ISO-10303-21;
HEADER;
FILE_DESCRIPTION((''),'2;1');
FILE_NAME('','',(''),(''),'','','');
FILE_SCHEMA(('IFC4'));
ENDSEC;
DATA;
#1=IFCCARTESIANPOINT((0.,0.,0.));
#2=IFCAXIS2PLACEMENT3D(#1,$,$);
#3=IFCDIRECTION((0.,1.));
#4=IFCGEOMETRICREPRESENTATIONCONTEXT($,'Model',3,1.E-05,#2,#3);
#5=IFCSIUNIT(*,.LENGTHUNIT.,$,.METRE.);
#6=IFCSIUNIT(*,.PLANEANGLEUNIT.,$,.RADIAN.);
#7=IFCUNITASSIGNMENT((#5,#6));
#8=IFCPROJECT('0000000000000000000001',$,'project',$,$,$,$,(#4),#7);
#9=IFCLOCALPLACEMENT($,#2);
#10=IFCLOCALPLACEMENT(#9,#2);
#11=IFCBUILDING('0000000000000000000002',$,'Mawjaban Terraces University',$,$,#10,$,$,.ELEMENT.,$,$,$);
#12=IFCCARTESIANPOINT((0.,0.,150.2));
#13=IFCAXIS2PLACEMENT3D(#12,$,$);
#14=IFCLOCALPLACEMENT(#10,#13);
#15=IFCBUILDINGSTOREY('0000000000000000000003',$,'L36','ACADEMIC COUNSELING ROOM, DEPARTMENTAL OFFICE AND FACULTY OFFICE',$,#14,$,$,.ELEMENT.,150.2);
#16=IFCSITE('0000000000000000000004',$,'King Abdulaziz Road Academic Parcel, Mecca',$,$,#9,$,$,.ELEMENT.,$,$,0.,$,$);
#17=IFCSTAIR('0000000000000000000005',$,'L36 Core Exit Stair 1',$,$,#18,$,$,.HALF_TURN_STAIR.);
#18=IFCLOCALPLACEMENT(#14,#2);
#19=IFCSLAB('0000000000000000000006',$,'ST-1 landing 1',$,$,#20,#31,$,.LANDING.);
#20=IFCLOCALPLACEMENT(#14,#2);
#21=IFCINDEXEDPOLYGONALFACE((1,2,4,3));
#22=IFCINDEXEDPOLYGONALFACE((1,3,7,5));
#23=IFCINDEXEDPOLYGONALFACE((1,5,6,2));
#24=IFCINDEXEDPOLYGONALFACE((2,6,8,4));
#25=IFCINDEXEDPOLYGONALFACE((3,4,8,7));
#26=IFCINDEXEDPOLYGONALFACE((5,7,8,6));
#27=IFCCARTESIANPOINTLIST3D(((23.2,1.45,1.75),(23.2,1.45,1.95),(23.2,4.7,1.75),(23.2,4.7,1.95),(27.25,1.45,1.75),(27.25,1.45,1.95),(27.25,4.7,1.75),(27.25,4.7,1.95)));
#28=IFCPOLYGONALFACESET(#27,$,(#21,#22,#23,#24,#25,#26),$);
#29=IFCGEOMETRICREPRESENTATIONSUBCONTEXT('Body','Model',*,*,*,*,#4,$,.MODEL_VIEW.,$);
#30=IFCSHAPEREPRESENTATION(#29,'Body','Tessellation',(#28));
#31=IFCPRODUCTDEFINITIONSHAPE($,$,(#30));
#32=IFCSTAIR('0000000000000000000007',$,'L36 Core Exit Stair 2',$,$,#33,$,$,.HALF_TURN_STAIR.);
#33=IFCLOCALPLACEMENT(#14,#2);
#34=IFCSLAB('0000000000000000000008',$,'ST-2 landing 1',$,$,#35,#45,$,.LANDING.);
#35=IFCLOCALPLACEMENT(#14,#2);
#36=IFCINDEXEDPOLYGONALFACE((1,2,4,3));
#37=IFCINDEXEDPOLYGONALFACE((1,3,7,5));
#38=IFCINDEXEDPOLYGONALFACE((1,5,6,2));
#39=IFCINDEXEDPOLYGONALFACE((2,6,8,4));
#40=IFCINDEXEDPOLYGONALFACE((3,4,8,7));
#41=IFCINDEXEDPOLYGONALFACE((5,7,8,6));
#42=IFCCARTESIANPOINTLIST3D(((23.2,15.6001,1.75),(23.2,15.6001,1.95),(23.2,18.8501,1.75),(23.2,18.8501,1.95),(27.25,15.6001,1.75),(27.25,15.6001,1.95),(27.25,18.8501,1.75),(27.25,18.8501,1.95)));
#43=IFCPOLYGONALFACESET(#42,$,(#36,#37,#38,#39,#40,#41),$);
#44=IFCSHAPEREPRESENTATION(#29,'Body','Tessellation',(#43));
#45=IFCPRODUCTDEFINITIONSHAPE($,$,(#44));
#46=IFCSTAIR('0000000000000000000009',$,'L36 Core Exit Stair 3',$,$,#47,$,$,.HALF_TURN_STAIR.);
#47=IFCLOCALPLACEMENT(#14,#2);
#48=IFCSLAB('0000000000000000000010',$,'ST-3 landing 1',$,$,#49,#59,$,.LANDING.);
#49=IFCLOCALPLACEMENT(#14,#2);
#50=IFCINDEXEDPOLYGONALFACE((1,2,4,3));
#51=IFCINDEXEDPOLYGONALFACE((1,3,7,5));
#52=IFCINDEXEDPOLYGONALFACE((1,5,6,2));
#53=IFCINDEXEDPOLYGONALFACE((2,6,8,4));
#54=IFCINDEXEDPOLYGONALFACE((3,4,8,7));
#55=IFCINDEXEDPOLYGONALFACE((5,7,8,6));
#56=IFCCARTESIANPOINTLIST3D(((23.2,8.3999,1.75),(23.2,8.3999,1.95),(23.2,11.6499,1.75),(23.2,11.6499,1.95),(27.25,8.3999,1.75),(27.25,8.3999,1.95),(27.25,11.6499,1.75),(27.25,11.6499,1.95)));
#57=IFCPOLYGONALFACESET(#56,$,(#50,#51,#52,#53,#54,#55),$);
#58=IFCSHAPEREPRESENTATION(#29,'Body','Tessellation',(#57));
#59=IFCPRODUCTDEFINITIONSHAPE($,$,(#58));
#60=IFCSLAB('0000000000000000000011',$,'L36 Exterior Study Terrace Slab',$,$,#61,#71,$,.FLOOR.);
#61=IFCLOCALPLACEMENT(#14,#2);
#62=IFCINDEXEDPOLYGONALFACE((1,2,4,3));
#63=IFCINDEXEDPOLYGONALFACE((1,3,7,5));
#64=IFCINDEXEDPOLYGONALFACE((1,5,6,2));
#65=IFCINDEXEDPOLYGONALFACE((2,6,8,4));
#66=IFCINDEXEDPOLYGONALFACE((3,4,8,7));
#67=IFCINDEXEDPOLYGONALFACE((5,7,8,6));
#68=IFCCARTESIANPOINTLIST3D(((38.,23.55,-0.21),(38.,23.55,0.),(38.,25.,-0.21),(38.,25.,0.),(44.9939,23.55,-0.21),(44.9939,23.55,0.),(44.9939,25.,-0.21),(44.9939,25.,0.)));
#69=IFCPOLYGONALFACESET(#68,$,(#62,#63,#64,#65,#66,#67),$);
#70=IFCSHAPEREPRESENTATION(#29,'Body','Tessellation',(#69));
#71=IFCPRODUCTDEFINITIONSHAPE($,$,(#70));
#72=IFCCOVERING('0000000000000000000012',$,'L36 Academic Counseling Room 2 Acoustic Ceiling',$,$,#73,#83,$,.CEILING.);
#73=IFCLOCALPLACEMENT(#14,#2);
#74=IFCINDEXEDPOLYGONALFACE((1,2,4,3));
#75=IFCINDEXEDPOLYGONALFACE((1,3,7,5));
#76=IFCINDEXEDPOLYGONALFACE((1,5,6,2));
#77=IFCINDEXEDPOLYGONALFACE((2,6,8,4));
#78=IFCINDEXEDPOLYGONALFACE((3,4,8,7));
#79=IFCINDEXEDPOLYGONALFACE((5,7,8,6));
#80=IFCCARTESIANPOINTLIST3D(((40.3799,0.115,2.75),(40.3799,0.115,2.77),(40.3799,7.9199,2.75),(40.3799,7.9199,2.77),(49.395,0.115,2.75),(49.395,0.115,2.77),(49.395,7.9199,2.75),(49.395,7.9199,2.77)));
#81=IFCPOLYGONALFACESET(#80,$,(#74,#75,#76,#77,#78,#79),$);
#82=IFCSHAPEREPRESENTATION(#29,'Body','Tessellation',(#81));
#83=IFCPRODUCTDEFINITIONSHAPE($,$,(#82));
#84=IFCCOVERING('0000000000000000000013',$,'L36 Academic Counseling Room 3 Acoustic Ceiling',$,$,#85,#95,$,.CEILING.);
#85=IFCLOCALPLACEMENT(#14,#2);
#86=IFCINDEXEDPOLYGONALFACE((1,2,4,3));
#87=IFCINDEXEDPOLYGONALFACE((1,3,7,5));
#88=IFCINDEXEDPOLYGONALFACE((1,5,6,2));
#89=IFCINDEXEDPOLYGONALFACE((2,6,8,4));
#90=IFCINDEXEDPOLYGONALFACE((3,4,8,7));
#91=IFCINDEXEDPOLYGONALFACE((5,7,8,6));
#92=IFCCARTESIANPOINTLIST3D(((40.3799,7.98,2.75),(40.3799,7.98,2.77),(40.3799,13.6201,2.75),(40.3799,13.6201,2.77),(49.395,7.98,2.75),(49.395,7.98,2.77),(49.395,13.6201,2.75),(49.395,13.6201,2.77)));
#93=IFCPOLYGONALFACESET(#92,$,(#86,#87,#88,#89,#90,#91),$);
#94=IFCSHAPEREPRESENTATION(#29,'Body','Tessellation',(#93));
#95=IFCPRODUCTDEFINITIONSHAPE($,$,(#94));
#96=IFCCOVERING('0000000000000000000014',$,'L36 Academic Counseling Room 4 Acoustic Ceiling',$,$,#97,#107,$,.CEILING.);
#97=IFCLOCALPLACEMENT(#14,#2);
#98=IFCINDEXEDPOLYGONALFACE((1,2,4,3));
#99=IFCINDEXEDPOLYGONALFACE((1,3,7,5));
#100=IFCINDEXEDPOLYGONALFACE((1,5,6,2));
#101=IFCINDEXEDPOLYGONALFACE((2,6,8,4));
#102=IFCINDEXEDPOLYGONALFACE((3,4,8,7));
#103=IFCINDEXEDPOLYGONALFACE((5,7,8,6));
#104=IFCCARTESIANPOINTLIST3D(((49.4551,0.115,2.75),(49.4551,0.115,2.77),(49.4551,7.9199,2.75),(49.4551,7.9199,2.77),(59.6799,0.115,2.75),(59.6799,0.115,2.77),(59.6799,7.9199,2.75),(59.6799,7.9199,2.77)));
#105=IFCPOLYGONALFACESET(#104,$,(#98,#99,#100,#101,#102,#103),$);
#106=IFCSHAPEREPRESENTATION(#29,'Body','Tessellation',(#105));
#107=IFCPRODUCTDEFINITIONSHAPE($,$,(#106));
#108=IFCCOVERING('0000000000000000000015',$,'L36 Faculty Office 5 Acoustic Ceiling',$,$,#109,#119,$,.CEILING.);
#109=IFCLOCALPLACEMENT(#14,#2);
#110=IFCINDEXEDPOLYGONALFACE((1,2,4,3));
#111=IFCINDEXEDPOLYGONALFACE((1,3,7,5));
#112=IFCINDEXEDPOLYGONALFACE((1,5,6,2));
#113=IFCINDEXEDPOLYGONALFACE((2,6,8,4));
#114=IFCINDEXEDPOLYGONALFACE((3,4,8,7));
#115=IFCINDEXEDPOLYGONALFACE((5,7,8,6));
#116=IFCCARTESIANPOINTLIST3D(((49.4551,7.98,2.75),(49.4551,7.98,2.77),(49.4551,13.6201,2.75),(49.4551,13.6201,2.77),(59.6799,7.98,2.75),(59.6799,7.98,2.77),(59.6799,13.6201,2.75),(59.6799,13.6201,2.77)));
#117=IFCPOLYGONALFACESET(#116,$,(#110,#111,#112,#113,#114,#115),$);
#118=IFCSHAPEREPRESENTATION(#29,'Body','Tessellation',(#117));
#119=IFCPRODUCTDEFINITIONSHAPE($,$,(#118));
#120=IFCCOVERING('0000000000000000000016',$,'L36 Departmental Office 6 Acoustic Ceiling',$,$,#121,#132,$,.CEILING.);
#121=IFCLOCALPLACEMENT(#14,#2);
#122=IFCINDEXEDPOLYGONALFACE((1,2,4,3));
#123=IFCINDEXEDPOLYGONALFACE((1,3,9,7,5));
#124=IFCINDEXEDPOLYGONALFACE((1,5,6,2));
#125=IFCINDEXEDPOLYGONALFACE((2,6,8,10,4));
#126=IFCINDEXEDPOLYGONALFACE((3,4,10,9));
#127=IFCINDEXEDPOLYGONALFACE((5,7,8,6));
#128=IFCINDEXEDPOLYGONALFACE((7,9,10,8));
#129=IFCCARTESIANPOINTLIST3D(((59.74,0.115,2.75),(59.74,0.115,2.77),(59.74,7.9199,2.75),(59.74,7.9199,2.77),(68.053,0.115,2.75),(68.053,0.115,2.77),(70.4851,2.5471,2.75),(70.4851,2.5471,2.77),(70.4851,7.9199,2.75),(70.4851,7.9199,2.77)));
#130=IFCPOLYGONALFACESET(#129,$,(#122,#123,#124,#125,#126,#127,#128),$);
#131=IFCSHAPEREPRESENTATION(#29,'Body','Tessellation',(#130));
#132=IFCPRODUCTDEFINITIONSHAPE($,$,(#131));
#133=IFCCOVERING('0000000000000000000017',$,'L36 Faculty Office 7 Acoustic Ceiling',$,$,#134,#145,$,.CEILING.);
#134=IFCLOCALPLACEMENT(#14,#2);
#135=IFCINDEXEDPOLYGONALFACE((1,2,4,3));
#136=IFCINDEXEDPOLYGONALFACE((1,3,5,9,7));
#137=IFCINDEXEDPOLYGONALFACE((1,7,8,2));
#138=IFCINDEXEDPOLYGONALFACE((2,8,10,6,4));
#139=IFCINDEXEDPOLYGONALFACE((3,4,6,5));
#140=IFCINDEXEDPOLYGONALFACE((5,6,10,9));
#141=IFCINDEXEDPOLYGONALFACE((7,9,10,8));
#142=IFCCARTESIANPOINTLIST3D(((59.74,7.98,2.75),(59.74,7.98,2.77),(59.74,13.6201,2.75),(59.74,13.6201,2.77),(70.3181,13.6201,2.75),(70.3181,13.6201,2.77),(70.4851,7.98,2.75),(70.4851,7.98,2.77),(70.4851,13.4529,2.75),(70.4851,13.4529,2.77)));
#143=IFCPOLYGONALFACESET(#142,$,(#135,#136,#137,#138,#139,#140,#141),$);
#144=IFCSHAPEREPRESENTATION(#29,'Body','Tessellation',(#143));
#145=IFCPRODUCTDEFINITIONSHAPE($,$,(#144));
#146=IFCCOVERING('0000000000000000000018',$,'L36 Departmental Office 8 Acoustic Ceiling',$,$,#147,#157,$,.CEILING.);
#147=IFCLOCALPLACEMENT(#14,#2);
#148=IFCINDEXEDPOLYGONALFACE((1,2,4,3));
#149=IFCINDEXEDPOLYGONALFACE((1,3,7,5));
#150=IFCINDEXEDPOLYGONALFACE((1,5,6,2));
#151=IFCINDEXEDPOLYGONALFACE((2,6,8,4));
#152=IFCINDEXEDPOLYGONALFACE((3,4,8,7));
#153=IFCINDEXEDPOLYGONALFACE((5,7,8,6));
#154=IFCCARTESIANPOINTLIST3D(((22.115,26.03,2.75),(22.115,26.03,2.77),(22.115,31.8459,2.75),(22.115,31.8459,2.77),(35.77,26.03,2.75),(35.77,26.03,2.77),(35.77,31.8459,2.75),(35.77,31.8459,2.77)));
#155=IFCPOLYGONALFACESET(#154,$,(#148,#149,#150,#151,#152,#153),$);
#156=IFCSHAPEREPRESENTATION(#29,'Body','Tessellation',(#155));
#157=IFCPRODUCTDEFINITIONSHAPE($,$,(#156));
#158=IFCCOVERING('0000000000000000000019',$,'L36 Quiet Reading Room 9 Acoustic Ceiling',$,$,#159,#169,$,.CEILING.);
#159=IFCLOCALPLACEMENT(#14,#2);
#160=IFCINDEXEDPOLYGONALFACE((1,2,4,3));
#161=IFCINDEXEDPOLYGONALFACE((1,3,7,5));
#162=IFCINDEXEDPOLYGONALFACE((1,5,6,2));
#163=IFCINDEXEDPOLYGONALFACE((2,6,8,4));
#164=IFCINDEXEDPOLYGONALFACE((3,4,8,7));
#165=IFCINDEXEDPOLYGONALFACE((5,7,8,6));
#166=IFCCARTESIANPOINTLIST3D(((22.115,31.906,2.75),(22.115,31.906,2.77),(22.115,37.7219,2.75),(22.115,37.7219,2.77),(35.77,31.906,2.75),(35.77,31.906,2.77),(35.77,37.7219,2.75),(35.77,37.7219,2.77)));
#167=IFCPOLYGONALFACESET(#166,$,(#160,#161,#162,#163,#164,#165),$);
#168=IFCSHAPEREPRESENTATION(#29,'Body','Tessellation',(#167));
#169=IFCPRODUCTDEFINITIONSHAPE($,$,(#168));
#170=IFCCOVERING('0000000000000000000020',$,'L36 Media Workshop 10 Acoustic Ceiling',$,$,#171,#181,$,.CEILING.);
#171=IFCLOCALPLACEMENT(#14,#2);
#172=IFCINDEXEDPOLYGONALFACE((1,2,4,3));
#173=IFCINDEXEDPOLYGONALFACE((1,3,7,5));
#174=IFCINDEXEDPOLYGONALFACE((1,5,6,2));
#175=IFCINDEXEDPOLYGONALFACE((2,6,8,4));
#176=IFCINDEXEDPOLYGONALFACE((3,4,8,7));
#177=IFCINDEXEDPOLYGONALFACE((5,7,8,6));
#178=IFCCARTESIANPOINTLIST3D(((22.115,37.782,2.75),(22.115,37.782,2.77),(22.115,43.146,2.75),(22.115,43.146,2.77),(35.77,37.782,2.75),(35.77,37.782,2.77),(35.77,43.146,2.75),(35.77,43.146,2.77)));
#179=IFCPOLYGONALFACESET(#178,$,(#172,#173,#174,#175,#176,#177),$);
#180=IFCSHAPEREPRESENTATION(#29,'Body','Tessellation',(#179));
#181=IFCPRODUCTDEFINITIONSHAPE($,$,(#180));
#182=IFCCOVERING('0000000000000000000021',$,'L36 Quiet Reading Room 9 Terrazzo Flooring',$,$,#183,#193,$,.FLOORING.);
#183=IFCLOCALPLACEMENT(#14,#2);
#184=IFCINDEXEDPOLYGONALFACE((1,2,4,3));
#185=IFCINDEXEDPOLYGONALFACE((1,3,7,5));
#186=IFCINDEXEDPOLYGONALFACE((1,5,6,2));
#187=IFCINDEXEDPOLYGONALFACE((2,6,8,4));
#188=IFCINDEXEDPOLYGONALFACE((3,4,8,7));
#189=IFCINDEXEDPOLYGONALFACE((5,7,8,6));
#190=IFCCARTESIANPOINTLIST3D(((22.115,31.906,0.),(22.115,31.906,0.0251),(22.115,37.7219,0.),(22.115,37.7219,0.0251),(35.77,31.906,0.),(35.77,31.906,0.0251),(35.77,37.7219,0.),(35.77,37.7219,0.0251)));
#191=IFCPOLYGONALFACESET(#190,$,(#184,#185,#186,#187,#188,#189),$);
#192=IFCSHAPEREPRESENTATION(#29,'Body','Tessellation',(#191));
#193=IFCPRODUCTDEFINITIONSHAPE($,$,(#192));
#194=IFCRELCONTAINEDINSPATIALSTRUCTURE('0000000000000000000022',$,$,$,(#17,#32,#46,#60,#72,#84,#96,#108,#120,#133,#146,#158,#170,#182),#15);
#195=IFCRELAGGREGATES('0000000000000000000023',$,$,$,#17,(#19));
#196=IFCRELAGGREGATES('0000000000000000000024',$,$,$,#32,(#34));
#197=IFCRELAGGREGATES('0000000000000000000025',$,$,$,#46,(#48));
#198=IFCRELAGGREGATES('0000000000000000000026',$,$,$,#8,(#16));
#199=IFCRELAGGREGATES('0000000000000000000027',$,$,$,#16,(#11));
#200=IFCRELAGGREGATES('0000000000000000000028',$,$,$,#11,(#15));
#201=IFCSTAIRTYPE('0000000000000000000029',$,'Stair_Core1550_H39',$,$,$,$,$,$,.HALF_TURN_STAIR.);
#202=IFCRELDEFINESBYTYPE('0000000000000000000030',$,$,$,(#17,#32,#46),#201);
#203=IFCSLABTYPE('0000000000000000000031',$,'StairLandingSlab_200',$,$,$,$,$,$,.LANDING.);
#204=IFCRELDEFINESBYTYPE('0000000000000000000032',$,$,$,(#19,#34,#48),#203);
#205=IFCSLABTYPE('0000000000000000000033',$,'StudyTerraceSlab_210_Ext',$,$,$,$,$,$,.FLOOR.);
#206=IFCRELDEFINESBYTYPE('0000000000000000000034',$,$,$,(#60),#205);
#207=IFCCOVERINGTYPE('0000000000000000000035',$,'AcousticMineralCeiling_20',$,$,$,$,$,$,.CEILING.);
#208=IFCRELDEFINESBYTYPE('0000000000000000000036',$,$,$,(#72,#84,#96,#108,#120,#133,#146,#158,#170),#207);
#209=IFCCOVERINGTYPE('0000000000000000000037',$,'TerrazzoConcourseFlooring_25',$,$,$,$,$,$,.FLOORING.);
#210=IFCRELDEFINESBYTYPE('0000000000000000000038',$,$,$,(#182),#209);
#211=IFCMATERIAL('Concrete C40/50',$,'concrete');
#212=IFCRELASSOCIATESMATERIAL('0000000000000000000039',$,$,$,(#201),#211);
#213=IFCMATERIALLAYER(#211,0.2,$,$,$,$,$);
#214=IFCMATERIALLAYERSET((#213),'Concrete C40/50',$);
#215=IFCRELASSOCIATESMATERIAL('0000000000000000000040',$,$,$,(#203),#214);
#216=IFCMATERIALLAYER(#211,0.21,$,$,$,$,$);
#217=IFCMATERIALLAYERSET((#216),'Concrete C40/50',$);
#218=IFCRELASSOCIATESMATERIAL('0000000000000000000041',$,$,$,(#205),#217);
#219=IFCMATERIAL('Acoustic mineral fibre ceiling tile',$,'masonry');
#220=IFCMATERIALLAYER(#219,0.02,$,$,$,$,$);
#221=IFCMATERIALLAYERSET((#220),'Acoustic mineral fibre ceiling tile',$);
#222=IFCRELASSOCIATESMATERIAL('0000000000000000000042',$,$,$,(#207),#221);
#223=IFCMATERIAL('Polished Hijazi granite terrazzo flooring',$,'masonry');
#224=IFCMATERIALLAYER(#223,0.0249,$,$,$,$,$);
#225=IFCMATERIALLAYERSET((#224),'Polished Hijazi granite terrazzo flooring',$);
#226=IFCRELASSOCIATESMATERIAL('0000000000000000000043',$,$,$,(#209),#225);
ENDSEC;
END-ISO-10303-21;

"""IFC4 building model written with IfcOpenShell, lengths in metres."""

from ifc_helpers import new_model, si_unit, direction, frame, origin, place, context, subcontext, project, spatial, polyline, outline, extrude, material, layer, layer_set, type_object, element, aggregate, save


model = new_model("IFC4")

# Units and contexts
model_context = context("Model", 3, precision=1e-05, world=origin(), true_north=direction((0.0, 1.0)))
body_context = subcontext(model_context, "Body", "Model", "MODEL_VIEW")
ifc_project = project(units=[si_unit("LENGTHUNIT", "METRE"), si_unit("PLANEANGLEUNIT", "RADIAN")], contexts=[model_context])

# Site, building, storey
site_placement = place(None, origin())
site = spatial("IfcSite", under=ifc_project, at=site_placement, Name="King Abdulaziz Road Academic Parcel, Mecca", CompositionType="ELEMENT", RefElevation=0.0)
building_placement = place(site_placement, origin())
building = spatial("IfcBuilding", under=site, at=building_placement, Name="Mawjaban Terraces University", CompositionType="ELEMENT")
storey_placement = place(building_placement, frame((0.0, 0.0, 150.2)))
storey = spatial("IfcBuildingStorey", under=building, at=storey_placement, Name="L36", Description="ACADEMIC COUNSELING ROOM, DEPARTMENTAL OFFICE AND FACULTY OFFICE", CompositionType="ELEMENT", Elevation=150.2)

# Shared definitions
ifc_material_1 = material(Name="Concrete C40/50", Category="concrete")

# Stairs, slabs
stair_type = type_object("IfcStairType", Name="Stair_Core1550_H39", PredefinedType="HALF_TURN_STAIR", material=ifc_material_1)
stair_1_placement = place(storey_placement, origin())
stair_1 = element("IfcStair", 1, at=stair_1_placement, inside=storey, type_object=stair_type, Name="L36 Core Exit Stair 1", PredefinedType="HALF_TURN_STAIR")
ifc_layer_1 = layer(ifc_material_1, 0.2)
ifc_layer_set_1 = layer_set([ifc_layer_1], Name="Concrete C40/50")
slab_type_1 = type_object("IfcSlabType", Name="StairLandingSlab_200", PredefinedType="LANDING", material=ifc_layer_set_1)
slab_1_placement = place(storey_placement, frame((0.0, 0.0, 1.75)))
slab_1 = element("IfcSlab", 2, at=slab_1_placement, type_object=slab_type_1, Name="ST-1 landing 1", PredefinedType="LANDING", context=body_context, shape_type="SweptSolid", body=[
    extrude(outline(polyline([(27.25, 4.7), (23.2, 4.7), (23.2, 1.45), (27.25, 1.45), (27.25, 4.7)])), origin(), (0.0, 0.0, 1.0), 0.2),
])
aggregate(stair_1, [slab_1])
stair_2_placement = place(storey_placement, origin())
stair_2 = element("IfcStair", 3, at=stair_2_placement, inside=storey, type_object=stair_type, Name="L36 Core Exit Stair 2", PredefinedType="HALF_TURN_STAIR")
slab_2_placement = place(storey_placement, frame((0.0, 0.0, 1.75)))
slab_2 = element("IfcSlab", 4, at=slab_2_placement, type_object=slab_type_1, Name="ST-2 landing 1", PredefinedType="LANDING", context=body_context, shape_type="SweptSolid", body=[
    extrude(outline(polyline([(27.25, 18.8501), (23.2, 18.8501), (23.2, 15.6001), (27.25, 15.6001), (27.25, 18.8501)])), origin(), (0.0, 0.0, 1.0), 0.2),
])
aggregate(stair_2, [slab_2])
stair_3_placement = place(storey_placement, origin())
stair_3 = element("IfcStair", 5, at=stair_3_placement, inside=storey, type_object=stair_type, Name="L36 Core Exit Stair 3", PredefinedType="HALF_TURN_STAIR")
slab_3_placement = place(storey_placement, frame((0.0, 0.0, 1.75)))
slab_3 = element("IfcSlab", 6, at=slab_3_placement, type_object=slab_type_1, Name="ST-3 landing 1", PredefinedType="LANDING", context=body_context, shape_type="SweptSolid", body=[
    extrude(outline(polyline([(27.25, 11.6499), (23.2, 11.6499), (23.2, 8.3999), (27.25, 8.3999), (27.25, 11.6499)])), origin(), (0.0, 0.0, 1.0), 0.2),
])
aggregate(stair_3, [slab_3])

# Slab
ifc_layer_2 = layer(ifc_material_1, 0.21)
ifc_layer_set_2 = layer_set([ifc_layer_2], Name="Concrete C40/50")
slab_type_2 = type_object("IfcSlabType", Name="StudyTerraceSlab_210_Ext", PredefinedType="FLOOR", material=ifc_layer_set_2)
slab_4_placement = place(storey_placement, frame((0.0, 0.0, -0.21)))
element("IfcSlab", 7, at=slab_4_placement, inside=storey, type_object=slab_type_2, Name="L36 Exterior Study Terrace Slab", PredefinedType="FLOOR", context=body_context, shape_type="SweptSolid", body=[
    extrude(outline(polyline([(38.0, 23.55), (44.9939, 23.55), (44.9939, 25.0), (38.0, 25.0), (38.0, 23.55)])), origin(), (0.0, 0.0, 1.0), 0.21),
])

# Coverings
ifc_material_2 = material(Name="Acoustic mineral fibre ceiling tile", Category="masonry")
ifc_layer_3 = layer(ifc_material_2, 0.02)
ifc_layer_set_3 = layer_set([ifc_layer_3], Name="Acoustic mineral fibre ceiling tile")
covering_type_1 = type_object("IfcCoveringType", Name="AcousticMineralCeiling_20", PredefinedType="CEILING", material=ifc_layer_set_3)
covering_1_placement = place(storey_placement, frame((0.0, 0.0, 2.75)))
element("IfcCovering", 8, at=covering_1_placement, inside=storey, type_object=covering_type_1, Name="L36 Academic Counseling Room 2 Acoustic Ceiling", PredefinedType="CEILING", context=body_context, shape_type="SweptSolid", body=[
    extrude(outline(polyline([(40.3799, 0.115), (49.395, 0.115), (49.395, 7.9199), (40.3799, 7.9199), (40.3799, 0.115)])), origin(), (0.0, 0.0, 1.0), 0.02),
])
covering_2_placement = place(storey_placement, frame((0.0, 0.0, 2.75)))
element("IfcCovering", 9, at=covering_2_placement, inside=storey, type_object=covering_type_1, Name="L36 Academic Counseling Room 3 Acoustic Ceiling", PredefinedType="CEILING", context=body_context, shape_type="SweptSolid", body=[
    extrude(outline(polyline([(49.395, 7.98), (49.395, 13.6201), (40.3799, 13.6201), (40.3799, 7.98), (49.395, 7.98)])), origin(), (0.0, 0.0, 1.0), 0.02),
])
covering_3_placement = place(storey_placement, frame((0.0, 0.0, 2.75)))
element("IfcCovering", 10, at=covering_3_placement, inside=storey, type_object=covering_type_1, Name="L36 Academic Counseling Room 4 Acoustic Ceiling", PredefinedType="CEILING", context=body_context, shape_type="SweptSolid", body=[
    extrude(outline(polyline([(49.4551, 0.115), (59.6799, 0.115), (59.6799, 7.9199), (49.4551, 7.9199), (49.4551, 0.115)])), origin(), (0.0, 0.0, 1.0), 0.02),
])
covering_4_placement = place(storey_placement, frame((0.0, 0.0, 2.75)))
element("IfcCovering", 11, at=covering_4_placement, inside=storey, type_object=covering_type_1, Name="L36 Faculty Office 5 Acoustic Ceiling", PredefinedType="CEILING", context=body_context, shape_type="SweptSolid", body=[
    extrude(outline(polyline([(59.6799, 7.98), (59.6799, 13.6201), (49.4551, 13.6201), (49.4551, 7.98), (59.6799, 7.98)])), origin(), (0.0, 0.0, 1.0), 0.02),
])
covering_5_placement = place(storey_placement, frame((0.0, 0.0, 2.75)))
element("IfcCovering", 12, at=covering_5_placement, inside=storey, type_object=covering_type_1, Name="L36 Departmental Office 6 Acoustic Ceiling", PredefinedType="CEILING", context=body_context, shape_type="SweptSolid", body=[
    extrude(outline(polyline([(59.74, 0.115), (68.053, 0.115), (70.4851, 2.5471), (70.4851, 7.9199), (59.74, 7.9199), (59.74, 0.115)])), origin(), (0.0, 0.0, 1.0), 0.02),
])
covering_6_placement = place(storey_placement, frame((0.0, 0.0, 2.75)))
element("IfcCovering", 13, at=covering_6_placement, inside=storey, type_object=covering_type_1, Name="L36 Faculty Office 7 Acoustic Ceiling", PredefinedType="CEILING", context=body_context, shape_type="SweptSolid", body=[
    extrude(outline(polyline([(70.4851, 7.98), (70.4851, 13.4529), (70.3181, 13.6201), (59.74, 13.6201), (59.74, 7.98), (70.4851, 7.98)])), origin(), (0.0, 0.0, 1.0), 0.02),
])
covering_7_placement = place(storey_placement, frame((0.0, 0.0, 2.75)))
element("IfcCovering", 14, at=covering_7_placement, inside=storey, type_object=covering_type_1, Name="L36 Departmental Office 8 Acoustic Ceiling", PredefinedType="CEILING", context=body_context, shape_type="SweptSolid", body=[
    extrude(outline(polyline([(22.115, 31.8459), (22.115, 26.03), (35.77, 26.03), (35.77, 31.8459), (22.115, 31.8459)])), origin(), (0.0, 0.0, 1.0), 0.02),
])
covering_8_placement = place(storey_placement, frame((0.0, 0.0, 2.75)))
element("IfcCovering", 15, at=covering_8_placement, inside=storey, type_object=covering_type_1, Name="L36 Quiet Reading Room 9 Acoustic Ceiling", PredefinedType="CEILING", context=body_context, shape_type="SweptSolid", body=[
    extrude(outline(polyline([(22.115, 37.7219), (22.115, 31.906), (35.77, 31.906), (35.77, 37.7219), (22.115, 37.7219)])), origin(), (0.0, 0.0, 1.0), 0.02),
])
covering_9_placement = place(storey_placement, frame((0.0, 0.0, 2.75)))
element("IfcCovering", 16, at=covering_9_placement, inside=storey, type_object=covering_type_1, Name="L36 Media Workshop 10 Acoustic Ceiling", PredefinedType="CEILING", context=body_context, shape_type="SweptSolid", body=[
    extrude(outline(polyline([(22.115, 43.146), (22.115, 37.782), (35.77, 37.782), (35.77, 43.146), (22.115, 43.146)])), origin(), (0.0, 0.0, 1.0), 0.02),
])
ifc_material_3 = material(Name="Polished Hijazi granite terrazzo flooring", Category="masonry")
ifc_layer_4 = layer(ifc_material_3, 0.0249)
ifc_layer_set_4 = layer_set([ifc_layer_4], Name="Polished Hijazi granite terrazzo flooring")
covering_type_2 = type_object("IfcCoveringType", Name="TerrazzoConcourseFlooring_25", PredefinedType="FLOORING", material=ifc_layer_set_4)
covering_10_placement = place(storey_placement, origin())
element("IfcCovering", 17, at=covering_10_placement, inside=storey, type_object=covering_type_2, Name="L36 Quiet Reading Room 9 Terrazzo Flooring", PredefinedType="FLOORING", context=body_context, shape_type="SweptSolid", body=[
    extrude(outline(polyline([(22.115, 37.7219), (22.115, 31.906), (35.77, 31.906), (35.77, 37.7219), (22.115, 37.7219)])), origin(), (0.0, 0.0, 1.0), 0.0251),
])

save(model, "model.ifc")
